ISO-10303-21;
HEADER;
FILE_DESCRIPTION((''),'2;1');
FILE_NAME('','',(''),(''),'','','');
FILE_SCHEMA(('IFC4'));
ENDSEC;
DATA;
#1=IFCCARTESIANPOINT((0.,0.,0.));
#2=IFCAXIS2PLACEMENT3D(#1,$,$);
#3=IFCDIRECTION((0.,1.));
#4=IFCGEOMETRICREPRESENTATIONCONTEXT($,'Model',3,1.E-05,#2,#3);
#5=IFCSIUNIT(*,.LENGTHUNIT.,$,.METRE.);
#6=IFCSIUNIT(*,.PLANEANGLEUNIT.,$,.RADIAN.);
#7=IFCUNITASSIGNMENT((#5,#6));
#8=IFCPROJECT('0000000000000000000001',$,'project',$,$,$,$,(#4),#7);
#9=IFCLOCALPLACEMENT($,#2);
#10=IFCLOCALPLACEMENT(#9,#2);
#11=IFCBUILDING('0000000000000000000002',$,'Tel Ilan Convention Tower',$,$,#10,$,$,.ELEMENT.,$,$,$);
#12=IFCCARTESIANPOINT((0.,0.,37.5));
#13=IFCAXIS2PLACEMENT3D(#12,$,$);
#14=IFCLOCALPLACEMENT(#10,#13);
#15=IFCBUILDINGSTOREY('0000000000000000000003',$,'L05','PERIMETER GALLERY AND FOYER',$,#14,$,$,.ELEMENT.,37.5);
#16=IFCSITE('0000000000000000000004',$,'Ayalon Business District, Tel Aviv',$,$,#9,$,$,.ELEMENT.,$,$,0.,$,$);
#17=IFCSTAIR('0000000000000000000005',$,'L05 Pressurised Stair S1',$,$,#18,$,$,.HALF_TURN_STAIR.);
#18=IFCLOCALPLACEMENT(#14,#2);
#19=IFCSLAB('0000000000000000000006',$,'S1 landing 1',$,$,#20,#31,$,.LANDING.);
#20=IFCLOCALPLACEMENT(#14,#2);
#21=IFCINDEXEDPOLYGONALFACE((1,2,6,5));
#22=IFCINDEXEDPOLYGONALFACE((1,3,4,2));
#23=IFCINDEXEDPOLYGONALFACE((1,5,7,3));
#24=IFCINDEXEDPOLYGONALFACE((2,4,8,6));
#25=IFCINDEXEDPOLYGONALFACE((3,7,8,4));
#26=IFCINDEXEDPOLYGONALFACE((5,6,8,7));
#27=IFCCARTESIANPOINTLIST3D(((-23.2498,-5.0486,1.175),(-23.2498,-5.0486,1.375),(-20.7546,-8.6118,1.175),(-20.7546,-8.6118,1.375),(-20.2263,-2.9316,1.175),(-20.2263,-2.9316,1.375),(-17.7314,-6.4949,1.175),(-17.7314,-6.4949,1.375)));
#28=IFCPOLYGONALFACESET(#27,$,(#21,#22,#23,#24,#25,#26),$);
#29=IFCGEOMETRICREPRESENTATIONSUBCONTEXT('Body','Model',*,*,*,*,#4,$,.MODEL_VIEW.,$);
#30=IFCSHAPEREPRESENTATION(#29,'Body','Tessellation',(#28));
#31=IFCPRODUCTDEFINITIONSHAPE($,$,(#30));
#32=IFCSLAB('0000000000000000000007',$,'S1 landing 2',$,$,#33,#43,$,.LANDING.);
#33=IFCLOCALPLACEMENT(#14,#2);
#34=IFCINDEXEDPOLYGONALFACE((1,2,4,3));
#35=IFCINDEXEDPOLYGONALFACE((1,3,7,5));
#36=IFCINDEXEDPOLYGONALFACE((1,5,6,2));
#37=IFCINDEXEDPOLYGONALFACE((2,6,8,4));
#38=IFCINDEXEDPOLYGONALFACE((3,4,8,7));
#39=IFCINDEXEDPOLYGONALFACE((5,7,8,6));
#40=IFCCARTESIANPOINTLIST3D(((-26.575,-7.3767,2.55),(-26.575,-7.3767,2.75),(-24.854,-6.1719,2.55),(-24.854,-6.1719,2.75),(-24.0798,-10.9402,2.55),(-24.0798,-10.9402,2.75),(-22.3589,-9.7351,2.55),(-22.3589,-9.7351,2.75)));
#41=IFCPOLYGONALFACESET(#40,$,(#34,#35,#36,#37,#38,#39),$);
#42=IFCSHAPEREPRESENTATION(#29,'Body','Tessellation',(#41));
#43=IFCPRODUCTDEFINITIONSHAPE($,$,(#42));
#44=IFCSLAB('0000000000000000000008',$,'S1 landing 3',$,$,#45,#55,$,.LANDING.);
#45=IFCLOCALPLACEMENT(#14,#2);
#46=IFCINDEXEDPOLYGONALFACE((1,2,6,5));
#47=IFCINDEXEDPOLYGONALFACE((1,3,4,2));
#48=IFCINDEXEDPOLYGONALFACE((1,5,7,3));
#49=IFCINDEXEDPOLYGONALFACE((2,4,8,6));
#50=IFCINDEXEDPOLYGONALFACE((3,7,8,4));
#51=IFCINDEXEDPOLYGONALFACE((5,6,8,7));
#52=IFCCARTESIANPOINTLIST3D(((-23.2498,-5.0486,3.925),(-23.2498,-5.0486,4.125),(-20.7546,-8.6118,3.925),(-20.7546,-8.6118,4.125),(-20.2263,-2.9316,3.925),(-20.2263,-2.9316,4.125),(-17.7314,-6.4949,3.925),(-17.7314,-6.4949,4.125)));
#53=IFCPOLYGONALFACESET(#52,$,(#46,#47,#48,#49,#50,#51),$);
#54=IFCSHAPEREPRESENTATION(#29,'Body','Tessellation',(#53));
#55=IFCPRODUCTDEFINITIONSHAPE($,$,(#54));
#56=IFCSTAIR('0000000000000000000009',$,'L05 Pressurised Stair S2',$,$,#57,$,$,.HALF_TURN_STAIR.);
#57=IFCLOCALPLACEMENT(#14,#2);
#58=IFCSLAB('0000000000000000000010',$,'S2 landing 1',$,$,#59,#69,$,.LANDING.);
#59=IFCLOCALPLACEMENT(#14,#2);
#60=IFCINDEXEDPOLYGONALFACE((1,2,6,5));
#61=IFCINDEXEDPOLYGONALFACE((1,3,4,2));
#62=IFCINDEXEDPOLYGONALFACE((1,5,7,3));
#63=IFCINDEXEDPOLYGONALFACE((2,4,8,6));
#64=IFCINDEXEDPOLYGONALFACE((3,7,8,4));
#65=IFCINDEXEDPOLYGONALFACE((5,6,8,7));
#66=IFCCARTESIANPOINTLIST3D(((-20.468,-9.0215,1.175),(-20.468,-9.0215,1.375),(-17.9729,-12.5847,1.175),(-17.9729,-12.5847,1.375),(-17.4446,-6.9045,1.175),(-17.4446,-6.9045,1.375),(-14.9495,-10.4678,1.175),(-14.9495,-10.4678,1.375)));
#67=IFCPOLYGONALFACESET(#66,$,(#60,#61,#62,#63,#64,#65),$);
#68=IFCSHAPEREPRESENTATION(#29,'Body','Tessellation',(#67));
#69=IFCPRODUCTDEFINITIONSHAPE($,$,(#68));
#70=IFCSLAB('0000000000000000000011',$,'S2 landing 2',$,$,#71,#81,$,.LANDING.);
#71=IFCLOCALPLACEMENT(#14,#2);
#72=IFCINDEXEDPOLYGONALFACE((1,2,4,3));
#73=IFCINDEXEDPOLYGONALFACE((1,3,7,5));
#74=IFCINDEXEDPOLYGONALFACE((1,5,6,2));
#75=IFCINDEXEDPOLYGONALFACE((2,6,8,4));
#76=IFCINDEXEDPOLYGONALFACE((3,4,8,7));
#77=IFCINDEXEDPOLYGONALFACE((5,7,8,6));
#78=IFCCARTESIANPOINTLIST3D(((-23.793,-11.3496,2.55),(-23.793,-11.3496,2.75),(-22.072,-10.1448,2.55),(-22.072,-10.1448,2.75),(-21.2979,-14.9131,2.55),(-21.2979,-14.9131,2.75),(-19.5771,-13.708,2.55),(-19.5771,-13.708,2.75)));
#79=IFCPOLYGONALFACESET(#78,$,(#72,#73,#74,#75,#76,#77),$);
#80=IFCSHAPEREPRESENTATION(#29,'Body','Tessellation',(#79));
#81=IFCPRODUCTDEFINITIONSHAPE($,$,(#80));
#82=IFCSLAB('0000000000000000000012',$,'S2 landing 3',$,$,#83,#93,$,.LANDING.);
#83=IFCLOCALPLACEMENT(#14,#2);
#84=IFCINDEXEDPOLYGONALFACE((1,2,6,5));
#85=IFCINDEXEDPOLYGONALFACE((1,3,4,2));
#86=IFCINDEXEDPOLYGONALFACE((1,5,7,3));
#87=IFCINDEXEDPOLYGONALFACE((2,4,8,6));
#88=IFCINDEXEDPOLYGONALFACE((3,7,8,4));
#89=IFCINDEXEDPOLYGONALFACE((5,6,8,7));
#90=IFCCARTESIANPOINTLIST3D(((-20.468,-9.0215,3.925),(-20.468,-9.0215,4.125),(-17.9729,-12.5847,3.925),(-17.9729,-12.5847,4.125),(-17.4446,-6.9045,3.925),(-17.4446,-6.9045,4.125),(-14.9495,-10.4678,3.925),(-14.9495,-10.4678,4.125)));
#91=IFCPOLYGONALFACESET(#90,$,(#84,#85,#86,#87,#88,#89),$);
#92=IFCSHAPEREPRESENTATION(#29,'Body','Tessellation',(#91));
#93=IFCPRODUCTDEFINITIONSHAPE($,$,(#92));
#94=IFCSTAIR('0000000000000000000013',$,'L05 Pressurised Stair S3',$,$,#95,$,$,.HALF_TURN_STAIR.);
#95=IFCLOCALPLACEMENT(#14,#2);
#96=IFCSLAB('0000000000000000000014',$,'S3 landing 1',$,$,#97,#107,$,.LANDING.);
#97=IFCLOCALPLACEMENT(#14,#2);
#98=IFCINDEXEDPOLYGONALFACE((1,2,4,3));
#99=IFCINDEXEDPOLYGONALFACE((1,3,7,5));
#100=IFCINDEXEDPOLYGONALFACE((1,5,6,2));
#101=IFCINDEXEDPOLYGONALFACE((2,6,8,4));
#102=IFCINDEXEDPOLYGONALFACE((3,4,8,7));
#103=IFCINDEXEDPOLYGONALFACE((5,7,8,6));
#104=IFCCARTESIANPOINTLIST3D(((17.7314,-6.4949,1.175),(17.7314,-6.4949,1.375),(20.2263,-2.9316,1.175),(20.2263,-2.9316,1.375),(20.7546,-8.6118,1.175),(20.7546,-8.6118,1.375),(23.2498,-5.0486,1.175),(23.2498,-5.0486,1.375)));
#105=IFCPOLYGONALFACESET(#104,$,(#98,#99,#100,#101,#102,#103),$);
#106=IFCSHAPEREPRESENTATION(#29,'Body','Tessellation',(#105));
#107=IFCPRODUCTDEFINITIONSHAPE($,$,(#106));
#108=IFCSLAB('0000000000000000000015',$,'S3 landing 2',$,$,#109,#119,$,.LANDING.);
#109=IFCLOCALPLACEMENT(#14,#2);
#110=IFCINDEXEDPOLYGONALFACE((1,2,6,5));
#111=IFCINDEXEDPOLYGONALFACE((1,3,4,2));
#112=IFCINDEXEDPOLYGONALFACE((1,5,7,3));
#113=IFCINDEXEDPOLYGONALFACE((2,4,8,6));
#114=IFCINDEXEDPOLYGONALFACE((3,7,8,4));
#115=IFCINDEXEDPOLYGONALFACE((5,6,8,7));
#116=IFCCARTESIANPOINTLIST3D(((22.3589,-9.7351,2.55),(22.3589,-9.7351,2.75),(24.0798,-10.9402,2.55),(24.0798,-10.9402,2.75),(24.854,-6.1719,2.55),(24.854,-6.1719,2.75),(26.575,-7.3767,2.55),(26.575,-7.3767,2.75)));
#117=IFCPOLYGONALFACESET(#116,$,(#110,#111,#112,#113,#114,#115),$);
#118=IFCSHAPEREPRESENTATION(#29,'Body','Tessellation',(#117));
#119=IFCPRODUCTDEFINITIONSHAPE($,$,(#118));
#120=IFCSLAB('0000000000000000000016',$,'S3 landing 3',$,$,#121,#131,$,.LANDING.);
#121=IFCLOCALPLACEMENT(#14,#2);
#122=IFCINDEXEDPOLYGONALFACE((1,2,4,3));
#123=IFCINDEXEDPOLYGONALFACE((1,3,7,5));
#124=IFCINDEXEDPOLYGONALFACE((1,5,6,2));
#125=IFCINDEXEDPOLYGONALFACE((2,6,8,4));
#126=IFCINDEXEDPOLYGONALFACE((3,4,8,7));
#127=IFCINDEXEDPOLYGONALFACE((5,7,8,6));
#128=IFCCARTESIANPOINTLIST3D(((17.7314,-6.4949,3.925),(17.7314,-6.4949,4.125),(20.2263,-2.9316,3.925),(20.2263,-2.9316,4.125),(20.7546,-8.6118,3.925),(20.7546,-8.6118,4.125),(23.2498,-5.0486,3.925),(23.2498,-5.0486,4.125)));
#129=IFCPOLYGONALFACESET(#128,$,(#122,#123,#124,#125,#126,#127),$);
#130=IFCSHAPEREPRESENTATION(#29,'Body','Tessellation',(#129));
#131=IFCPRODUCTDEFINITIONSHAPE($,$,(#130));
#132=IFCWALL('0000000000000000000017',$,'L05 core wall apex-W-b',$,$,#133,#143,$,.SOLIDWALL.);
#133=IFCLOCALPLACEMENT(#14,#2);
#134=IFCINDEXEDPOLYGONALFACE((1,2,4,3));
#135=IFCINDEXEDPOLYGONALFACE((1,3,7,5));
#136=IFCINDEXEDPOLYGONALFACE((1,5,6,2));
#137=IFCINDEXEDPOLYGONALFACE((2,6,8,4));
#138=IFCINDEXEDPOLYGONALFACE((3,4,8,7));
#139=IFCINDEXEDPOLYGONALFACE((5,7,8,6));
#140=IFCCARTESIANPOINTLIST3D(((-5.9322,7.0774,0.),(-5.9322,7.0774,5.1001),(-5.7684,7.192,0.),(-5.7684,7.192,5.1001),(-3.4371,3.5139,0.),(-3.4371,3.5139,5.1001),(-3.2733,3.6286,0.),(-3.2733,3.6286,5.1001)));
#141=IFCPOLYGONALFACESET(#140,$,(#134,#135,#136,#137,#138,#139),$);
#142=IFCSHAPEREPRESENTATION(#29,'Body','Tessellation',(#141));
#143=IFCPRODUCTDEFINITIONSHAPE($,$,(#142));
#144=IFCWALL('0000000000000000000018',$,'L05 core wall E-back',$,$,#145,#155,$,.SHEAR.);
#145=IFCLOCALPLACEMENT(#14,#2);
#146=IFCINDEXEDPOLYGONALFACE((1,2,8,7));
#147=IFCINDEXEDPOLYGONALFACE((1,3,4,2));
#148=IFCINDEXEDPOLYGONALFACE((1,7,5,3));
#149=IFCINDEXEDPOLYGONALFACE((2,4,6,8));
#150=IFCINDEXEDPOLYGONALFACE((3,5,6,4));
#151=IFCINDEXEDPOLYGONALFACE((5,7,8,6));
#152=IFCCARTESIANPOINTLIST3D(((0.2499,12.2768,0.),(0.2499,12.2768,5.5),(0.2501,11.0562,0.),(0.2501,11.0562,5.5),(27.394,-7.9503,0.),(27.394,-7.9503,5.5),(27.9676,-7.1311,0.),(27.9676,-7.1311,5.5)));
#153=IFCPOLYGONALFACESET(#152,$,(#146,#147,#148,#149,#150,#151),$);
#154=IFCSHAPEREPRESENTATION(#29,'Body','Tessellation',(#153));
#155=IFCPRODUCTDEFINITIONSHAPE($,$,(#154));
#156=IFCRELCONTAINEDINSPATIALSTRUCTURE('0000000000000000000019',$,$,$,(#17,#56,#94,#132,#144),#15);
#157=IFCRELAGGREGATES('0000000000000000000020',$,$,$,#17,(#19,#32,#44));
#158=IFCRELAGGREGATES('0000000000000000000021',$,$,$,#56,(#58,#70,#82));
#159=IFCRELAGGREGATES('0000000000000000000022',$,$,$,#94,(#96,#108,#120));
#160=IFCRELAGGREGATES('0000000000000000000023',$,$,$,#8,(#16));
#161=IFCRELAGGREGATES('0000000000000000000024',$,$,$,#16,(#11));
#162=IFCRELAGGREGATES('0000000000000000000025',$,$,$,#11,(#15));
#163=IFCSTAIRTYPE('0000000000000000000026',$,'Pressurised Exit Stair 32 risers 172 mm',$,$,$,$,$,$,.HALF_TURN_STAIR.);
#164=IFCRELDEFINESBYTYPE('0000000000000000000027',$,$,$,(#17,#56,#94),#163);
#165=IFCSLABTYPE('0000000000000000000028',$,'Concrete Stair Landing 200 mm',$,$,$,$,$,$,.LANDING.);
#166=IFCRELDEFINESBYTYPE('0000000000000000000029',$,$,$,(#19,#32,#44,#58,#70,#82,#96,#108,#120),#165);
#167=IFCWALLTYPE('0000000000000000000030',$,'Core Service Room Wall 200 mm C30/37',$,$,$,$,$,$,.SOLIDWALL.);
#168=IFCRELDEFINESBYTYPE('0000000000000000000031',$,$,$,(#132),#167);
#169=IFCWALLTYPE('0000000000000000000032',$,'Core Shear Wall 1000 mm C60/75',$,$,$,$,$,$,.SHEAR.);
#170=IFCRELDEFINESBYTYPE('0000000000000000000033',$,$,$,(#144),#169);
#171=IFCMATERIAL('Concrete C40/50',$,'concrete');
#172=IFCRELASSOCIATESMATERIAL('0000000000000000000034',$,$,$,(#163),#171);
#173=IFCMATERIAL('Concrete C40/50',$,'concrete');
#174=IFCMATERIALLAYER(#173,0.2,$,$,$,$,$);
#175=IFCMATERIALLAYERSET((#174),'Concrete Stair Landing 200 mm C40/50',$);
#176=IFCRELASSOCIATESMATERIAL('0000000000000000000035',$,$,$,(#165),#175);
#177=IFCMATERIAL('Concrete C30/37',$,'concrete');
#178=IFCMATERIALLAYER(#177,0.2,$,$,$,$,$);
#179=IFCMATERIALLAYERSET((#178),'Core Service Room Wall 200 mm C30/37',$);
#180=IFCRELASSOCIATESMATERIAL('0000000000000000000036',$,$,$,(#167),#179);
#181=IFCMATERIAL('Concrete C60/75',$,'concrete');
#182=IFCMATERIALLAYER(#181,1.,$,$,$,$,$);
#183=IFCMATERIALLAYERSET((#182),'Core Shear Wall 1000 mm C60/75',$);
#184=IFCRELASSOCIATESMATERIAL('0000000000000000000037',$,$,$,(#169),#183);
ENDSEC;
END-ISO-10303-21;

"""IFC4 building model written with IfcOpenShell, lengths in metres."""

from ifc_helpers import new_model, si_unit, direction, frame, frame_2d, origin, place, context, subcontext, project, spatial, polyline, rectangle, outline, extrude, material, layer, layer_set, type_object, element, aggregate, save


model = new_model("IFC4")

# Units and contexts
model_context = context("Model", 3, precision=1e-05, world=origin(), true_north=direction((0.0, 1.0)))
body_context = subcontext(model_context, "Body", "Model", "MODEL_VIEW")
ifc_project = project(units=[si_unit("LENGTHUNIT", "METRE"), si_unit("PLANEANGLEUNIT", "RADIAN")], contexts=[model_context])

# Site, building, storey
site_placement = place(None, origin())
site = spatial("IfcSite", under=ifc_project, at=site_placement, Name="Ayalon Business District, Tel Aviv", CompositionType="ELEMENT", RefElevation=0.0)
building_placement = place(site_placement, origin())
building = spatial("IfcBuilding", under=site, at=building_placement, Name="Tel Ilan Convention Tower", CompositionType="ELEMENT")
storey_placement = place(building_placement, frame((0.0, 0.0, 37.5)))
storey = spatial("IfcBuildingStorey", under=building, at=storey_placement, Name="L05", Description="PERIMETER GALLERY AND FOYER", CompositionType="ELEMENT", Elevation=37.5)

# Stairs, slabs
ifc_material_1 = material(Name="Concrete C40/50", Category="concrete")
stair_type = type_object("IfcStairType", Name="Pressurised Exit Stair 32 risers 172 mm", PredefinedType="HALF_TURN_STAIR", material=ifc_material_1)
stair_1_placement = place(storey_placement, origin())
stair_1 = element("IfcStair", 1, at=stair_1_placement, inside=storey, type_object=stair_type, Name="L05 Pressurised Stair S1", PredefinedType="HALF_TURN_STAIR")
ifc_material_2 = material(Name="Concrete C40/50", Category="concrete")
ifc_layer_1 = layer(ifc_material_2, 0.2)
ifc_layer_set_1 = layer_set([ifc_layer_1], Name="Concrete Stair Landing 200 mm C40/50")
slab_type = type_object("IfcSlabType", Name="Concrete Stair Landing 200 mm", PredefinedType="LANDING", material=ifc_layer_set_1)
slab_1_placement = place(storey_placement, frame((0.0, 0.0, 1.175)))
slab_1 = element("IfcSlab", 2, at=slab_1_placement, type_object=slab_type, Name="S1 landing 1", PredefinedType="LANDING", context=body_context, shape_type="SweptSolid", body=[
    extrude(outline(polyline([(-20.7546, -8.6118), (-17.7314, -6.4949), (-20.2263, -2.9316), (-23.2498, -5.0486), (-20.7546, -8.6118)])), origin(), (0.0, 0.0, 1.0), 0.2),
])
slab_2_placement = place(storey_placement, frame((0.0, 0.0, 2.55)))
slab_2 = element("IfcSlab", 3, at=slab_2_placement, type_object=slab_type, Name="S1 landing 2", PredefinedType="LANDING", context=body_context, shape_type="SweptSolid", body=[
    extrude(outline(polyline([(-24.0798, -10.9402), (-22.3589, -9.7351), (-24.854, -6.1719), (-26.575, -7.3767), (-24.0798, -10.9402)])), origin(), (0.0, 0.0, 1.0), 0.2),
])
slab_3_placement = place(storey_placement, frame((0.0, 0.0, 3.925)))
slab_3 = element("IfcSlab", 4, at=slab_3_placement, type_object=slab_type, Name="S1 landing 3", PredefinedType="LANDING", context=body_context, shape_type="SweptSolid", body=[
    extrude(outline(polyline([(-20.7546, -8.6118), (-17.7314, -6.4949), (-20.2263, -2.9316), (-23.2498, -5.0486), (-20.7546, -8.6118)])), origin(), (0.0, 0.0, 1.0), 0.2),
])
aggregate(stair_1, [slab_1, slab_2, slab_3])
stair_2_placement = place(storey_placement, origin())
stair_2 = element("IfcStair", 5, at=stair_2_placement, inside=storey, type_object=stair_type, Name="L05 Pressurised Stair S2", PredefinedType="HALF_TURN_STAIR")
slab_4_placement = place(storey_placement, frame((0.0, 0.0, 1.175)))
slab_4 = element("IfcSlab", 6, at=slab_4_placement, type_object=slab_type, Name="S2 landing 1", PredefinedType="LANDING", context=body_context, shape_type="SweptSolid", body=[
    extrude(outline(polyline([(-17.9729, -12.5847), (-14.9495, -10.4678), (-17.4446, -6.9045), (-20.468, -9.0215), (-17.9729, -12.5847)])), origin(), (0.0, 0.0, 1.0), 0.2),
])
slab_5_placement = place(storey_placement, frame((0.0, 0.0, 2.55)))
slab_5 = element("IfcSlab", 7, at=slab_5_placement, type_object=slab_type, Name="S2 landing 2", PredefinedType="LANDING", context=body_context, shape_type="SweptSolid", body=[
    extrude(outline(polyline([(-21.2979, -14.9131), (-19.5771, -13.708), (-22.072, -10.1448), (-23.793, -11.3496), (-21.2979, -14.9131)])), origin(), (0.0, 0.0, 1.0), 0.2),
])
slab_6_placement = place(storey_placement, frame((0.0, 0.0, 3.925)))
slab_6 = element("IfcSlab", 8, at=slab_6_placement, type_object=slab_type, Name="S2 landing 3", PredefinedType="LANDING", context=body_context, shape_type="SweptSolid", body=[
    extrude(outline(polyline([(-17.9729, -12.5847), (-14.9495, -10.4678), (-17.4446, -6.9045), (-20.468, -9.0215), (-17.9729, -12.5847)])), origin(), (0.0, 0.0, 1.0), 0.2),
])
aggregate(stair_2, [slab_4, slab_5, slab_6])
stair_3_placement = place(storey_placement, origin())
stair_3 = element("IfcStair", 9, at=stair_3_placement, inside=storey, type_object=stair_type, Name="L05 Pressurised Stair S3", PredefinedType="HALF_TURN_STAIR")
slab_7_placement = place(storey_placement, frame((0.0, 0.0, 1.175)))
slab_7 = element("IfcSlab", 10, at=slab_7_placement, type_object=slab_type, Name="S3 landing 1", PredefinedType="LANDING", context=body_context, shape_type="SweptSolid", body=[
    extrude(outline(polyline([(23.2498, -5.0486), (20.2263, -2.9316), (17.7314, -6.4949), (20.7546, -8.6118), (23.2498, -5.0486)])), origin(), (0.0, 0.0, 1.0), 0.2),
])
slab_8_placement = place(storey_placement, frame((0.0, 0.0, 2.55)))
slab_8 = element("IfcSlab", 11, at=slab_8_placement, type_object=slab_type, Name="S3 landing 2", PredefinedType="LANDING", context=body_context, shape_type="SweptSolid", body=[
    extrude(outline(polyline([(26.575, -7.3767), (24.854, -6.1719), (22.3589, -9.7351), (24.0798, -10.9402), (26.575, -7.3767)])), origin(), (0.0, 0.0, 1.0), 0.2),
])
slab_9_placement = place(storey_placement, frame((0.0, 0.0, 3.925)))
slab_9 = element("IfcSlab", 12, at=slab_9_placement, type_object=slab_type, Name="S3 landing 3", PredefinedType="LANDING", context=body_context, shape_type="SweptSolid", body=[
    extrude(outline(polyline([(23.2498, -5.0486), (20.2263, -2.9316), (17.7314, -6.4949), (20.7546, -8.6118), (23.2498, -5.0486)])), origin(), (0.0, 0.0, 1.0), 0.2),
])
aggregate(stair_3, [slab_7, slab_8, slab_9])

# Walls
ifc_material_3 = material(Name="Concrete C30/37", Category="concrete")
ifc_layer_2 = layer(ifc_material_3, 0.2)
ifc_layer_set_2 = layer_set([ifc_layer_2], Name="Core Service Room Wall 200 mm C30/37")
wall_type_1 = type_object("IfcWallType", Name="Core Service Room Wall 200 mm C30/37", PredefinedType="SOLIDWALL", material=ifc_layer_set_2)
wall_1_placement = place(storey_placement, frame((-3.3552, 3.5713, 0.0), z_axis=(0.0, 0.0, 1.0), x_axis=(-0.573568, 0.819158, 0.0)))
element("IfcWall", 13, at=wall_1_placement, inside=storey, type_object=wall_type_1, Name="L05 core wall apex-W-b", PredefinedType="SOLIDWALL", context=body_context, shape_type="SweptSolid", body=[
    extrude(rectangle(XDim=4.3501, YDim=0.2, at=frame_2d((2.175, 0.0))), origin(), (0.0, 0.0, 1.0), 5.1001),
])
ifc_material_4 = material(Name="Concrete C60/75", Category="concrete")
ifc_layer_3 = layer(ifc_material_4, 1.0)
ifc_layer_set_3 = layer_set([ifc_layer_3], Name="Core Shear Wall 1000 mm C60/75")
wall_type_2 = type_object("IfcWallType", Name="Core Shear Wall 1000 mm C60/75", PredefinedType="SHEAR", material=ifc_layer_set_3)
wall_2_placement = place(storey_placement, frame((-0.0369, 11.8672, 0.0), z_axis=(0.0, 0.0, 1.0), x_axis=(0.819155, -0.573572, 0.0)))
element("IfcWall", 14, at=wall_2_placement, inside=storey, type_object=wall_type_2, Name="L05 core wall E-back", PredefinedType="SHEAR", context=body_context, shape_type="SweptSolid", body=[
    extrude(outline(polyline([(33.8369, 0.5), (0.0, 0.5), (0.7002, -0.4998), (33.8369, -0.5), (33.8369, 0.5)])), origin(), (0.0, 0.0, 1.0), 5.5),
])

save(model, "model.ifc")
